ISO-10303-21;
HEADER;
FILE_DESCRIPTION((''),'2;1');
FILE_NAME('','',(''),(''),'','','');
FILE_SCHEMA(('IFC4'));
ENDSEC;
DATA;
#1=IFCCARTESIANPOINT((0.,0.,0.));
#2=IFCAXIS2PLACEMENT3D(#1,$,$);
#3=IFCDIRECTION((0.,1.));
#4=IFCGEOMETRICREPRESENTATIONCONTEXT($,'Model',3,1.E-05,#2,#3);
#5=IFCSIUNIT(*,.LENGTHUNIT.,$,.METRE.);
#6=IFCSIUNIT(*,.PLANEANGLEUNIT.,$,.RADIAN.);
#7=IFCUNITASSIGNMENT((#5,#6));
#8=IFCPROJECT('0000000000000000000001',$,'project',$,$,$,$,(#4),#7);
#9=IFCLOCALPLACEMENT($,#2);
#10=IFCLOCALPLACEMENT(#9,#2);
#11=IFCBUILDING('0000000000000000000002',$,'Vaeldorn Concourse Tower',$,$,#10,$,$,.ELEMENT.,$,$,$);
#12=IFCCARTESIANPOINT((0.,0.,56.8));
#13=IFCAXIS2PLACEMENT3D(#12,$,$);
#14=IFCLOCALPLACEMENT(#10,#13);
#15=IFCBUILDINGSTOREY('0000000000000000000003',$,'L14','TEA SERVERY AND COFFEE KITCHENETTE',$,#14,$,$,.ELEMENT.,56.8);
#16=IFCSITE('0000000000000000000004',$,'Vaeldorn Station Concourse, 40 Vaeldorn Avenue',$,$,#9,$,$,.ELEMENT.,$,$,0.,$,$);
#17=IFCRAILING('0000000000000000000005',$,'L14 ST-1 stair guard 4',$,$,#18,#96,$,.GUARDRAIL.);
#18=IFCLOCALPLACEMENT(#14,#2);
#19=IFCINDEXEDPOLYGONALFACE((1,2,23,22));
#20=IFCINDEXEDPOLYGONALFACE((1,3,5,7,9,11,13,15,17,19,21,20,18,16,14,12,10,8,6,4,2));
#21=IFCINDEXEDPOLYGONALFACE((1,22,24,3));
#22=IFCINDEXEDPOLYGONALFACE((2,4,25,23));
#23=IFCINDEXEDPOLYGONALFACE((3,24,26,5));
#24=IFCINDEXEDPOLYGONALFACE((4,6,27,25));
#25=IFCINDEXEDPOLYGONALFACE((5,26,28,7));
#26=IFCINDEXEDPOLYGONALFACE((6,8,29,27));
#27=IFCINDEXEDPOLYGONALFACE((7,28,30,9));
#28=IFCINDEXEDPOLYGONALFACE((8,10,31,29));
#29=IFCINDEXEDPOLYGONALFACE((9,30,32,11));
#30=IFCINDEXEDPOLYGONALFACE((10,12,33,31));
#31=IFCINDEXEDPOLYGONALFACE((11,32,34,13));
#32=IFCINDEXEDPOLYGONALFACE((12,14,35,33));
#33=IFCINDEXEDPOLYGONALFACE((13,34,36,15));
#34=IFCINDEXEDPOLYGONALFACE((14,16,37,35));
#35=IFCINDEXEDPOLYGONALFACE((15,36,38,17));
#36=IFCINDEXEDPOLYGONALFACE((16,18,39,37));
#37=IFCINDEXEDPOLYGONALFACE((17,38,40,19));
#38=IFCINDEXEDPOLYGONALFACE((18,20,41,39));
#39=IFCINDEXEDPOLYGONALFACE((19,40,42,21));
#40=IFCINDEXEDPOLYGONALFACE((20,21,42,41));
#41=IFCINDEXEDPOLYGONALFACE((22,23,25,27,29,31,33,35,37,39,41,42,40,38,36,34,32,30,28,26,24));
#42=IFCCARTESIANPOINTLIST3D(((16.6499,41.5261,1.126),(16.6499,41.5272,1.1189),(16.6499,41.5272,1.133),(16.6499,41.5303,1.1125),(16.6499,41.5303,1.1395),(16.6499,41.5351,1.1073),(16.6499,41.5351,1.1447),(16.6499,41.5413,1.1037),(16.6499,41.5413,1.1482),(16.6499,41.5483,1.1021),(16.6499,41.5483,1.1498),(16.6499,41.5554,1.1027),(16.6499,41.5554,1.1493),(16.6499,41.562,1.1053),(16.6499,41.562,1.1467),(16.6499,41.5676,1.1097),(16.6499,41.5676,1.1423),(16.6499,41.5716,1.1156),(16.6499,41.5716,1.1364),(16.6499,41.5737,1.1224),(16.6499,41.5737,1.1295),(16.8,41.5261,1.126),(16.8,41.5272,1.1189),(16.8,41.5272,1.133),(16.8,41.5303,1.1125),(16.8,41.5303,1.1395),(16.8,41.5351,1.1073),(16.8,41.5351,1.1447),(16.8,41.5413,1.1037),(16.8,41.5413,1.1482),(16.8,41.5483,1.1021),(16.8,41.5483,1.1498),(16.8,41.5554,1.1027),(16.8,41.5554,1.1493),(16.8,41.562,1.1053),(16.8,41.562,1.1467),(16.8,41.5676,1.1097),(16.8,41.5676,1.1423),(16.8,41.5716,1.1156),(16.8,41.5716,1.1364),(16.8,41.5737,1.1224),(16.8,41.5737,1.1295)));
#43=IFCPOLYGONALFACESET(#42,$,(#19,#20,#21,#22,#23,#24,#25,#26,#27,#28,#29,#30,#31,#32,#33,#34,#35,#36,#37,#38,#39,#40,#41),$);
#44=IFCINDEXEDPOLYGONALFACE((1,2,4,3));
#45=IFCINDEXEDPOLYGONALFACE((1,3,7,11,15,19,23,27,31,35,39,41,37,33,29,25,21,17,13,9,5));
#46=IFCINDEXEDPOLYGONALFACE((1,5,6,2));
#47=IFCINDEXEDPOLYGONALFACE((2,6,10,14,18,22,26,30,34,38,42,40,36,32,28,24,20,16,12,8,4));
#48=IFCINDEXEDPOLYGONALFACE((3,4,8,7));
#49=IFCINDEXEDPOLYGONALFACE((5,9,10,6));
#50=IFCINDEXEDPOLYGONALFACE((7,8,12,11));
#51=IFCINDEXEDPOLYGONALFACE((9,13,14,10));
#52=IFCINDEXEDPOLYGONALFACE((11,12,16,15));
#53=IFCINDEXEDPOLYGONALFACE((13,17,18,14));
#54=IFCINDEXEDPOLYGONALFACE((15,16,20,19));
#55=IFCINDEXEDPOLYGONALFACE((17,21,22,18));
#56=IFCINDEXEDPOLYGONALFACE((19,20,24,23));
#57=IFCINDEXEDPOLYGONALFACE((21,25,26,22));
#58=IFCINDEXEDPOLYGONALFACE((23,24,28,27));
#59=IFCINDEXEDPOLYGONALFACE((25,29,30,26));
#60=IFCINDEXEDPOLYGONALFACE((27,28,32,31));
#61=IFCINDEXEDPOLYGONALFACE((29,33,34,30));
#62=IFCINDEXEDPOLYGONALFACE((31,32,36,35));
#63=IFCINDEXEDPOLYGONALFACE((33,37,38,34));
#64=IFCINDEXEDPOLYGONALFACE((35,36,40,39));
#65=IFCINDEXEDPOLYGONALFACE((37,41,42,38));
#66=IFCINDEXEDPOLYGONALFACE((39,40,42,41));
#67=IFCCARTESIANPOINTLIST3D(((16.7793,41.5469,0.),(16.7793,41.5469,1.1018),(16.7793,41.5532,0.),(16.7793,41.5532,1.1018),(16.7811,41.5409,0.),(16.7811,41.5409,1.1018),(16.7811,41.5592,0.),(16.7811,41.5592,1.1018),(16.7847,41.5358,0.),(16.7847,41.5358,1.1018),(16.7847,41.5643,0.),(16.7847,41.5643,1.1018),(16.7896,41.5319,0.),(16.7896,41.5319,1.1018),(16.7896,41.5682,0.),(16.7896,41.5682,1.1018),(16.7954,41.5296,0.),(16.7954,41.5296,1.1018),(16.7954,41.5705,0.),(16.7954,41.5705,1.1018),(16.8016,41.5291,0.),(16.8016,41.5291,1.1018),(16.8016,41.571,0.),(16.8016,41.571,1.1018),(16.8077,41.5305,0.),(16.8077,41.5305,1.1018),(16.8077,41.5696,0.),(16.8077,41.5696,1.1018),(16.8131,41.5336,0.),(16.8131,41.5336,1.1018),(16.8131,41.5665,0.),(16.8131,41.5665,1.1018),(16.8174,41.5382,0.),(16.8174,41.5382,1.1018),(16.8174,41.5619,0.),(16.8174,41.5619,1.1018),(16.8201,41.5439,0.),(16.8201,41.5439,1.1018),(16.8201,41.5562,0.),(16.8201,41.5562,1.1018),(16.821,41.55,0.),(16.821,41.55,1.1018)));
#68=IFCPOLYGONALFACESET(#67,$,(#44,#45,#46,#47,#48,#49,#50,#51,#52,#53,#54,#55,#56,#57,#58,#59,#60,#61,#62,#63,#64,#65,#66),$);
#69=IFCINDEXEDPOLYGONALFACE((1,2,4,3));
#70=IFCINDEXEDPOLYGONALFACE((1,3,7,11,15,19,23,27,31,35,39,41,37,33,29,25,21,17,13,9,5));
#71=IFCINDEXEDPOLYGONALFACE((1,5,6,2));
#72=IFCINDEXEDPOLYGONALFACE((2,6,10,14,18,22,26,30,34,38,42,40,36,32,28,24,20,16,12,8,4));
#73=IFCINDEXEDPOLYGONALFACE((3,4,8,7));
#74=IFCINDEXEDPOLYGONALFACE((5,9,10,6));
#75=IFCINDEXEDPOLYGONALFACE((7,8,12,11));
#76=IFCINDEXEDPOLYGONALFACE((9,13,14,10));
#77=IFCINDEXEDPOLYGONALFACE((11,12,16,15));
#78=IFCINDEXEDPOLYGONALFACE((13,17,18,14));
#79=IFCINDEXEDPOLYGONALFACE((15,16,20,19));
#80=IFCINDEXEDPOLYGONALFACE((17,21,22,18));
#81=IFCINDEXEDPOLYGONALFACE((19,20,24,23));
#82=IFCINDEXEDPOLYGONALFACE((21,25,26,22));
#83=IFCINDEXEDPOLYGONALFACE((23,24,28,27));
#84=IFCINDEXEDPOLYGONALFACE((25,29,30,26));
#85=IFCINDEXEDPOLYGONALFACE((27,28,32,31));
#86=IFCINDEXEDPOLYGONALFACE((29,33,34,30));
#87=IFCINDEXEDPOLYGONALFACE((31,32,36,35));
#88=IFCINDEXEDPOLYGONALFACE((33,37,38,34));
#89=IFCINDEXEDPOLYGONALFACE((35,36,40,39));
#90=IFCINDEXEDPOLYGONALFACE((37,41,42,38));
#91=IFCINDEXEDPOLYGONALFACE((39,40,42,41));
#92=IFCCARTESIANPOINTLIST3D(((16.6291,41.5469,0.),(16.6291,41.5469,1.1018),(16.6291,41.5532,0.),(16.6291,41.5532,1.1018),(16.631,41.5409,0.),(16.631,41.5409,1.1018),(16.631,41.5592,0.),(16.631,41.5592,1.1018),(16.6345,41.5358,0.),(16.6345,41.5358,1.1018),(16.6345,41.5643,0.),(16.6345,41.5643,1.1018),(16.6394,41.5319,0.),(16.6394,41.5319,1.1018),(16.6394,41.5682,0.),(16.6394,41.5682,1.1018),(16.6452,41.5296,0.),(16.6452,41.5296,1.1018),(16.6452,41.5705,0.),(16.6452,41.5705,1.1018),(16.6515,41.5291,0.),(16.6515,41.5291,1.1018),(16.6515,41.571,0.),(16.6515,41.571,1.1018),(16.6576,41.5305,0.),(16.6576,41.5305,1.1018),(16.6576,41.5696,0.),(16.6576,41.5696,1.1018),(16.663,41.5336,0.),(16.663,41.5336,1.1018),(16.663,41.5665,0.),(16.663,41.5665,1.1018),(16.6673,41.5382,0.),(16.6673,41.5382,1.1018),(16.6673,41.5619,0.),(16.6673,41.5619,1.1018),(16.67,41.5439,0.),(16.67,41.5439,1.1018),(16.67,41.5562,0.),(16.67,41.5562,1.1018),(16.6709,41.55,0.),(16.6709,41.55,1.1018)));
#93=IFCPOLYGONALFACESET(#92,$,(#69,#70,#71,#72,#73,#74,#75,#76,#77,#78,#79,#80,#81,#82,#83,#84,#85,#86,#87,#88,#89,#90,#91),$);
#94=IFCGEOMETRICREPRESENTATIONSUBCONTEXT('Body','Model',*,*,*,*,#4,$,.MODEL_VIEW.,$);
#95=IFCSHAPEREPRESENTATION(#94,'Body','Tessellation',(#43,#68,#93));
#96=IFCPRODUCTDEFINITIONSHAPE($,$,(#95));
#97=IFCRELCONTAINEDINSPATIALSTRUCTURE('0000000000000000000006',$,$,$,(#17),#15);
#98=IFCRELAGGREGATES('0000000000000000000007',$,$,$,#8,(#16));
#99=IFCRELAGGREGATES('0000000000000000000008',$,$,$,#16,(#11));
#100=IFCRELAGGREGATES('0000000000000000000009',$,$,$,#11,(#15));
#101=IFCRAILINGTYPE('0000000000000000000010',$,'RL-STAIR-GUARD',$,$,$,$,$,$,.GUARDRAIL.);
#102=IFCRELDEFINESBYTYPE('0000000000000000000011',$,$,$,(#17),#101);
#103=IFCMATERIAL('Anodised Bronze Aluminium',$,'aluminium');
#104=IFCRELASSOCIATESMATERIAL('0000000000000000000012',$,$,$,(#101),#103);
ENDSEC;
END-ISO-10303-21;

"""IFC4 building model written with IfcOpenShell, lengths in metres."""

from ifc_helpers import new_model, si_unit, direction, frame, origin, origin_2d, place, context, subcontext, project, spatial, circle, extrude, material, type_object, element, save


model = new_model("IFC4")

# Units and contexts
model_context = context("Model", 3, precision=1e-05, world=origin(), true_north=direction((0.0, 1.0)))
body_context = subcontext(model_context, "Body", "Model", "MODEL_VIEW")
ifc_project = project(units=[si_unit("LENGTHUNIT", "METRE"), si_unit("PLANEANGLEUNIT", "RADIAN")], contexts=[model_context])

# Site, building, storey
site_placement = place(None, origin())
site = spatial("IfcSite", under=ifc_project, at=site_placement, Name="Vaeldorn Station Concourse, 40 Vaeldorn Avenue", CompositionType="ELEMENT", RefElevation=0.0)
building_placement = place(site_placement, origin())
building = spatial("IfcBuilding", under=site, at=building_placement, Name="Vaeldorn Concourse Tower", CompositionType="ELEMENT")
storey_placement = place(building_placement, frame((0.0, 0.0, 56.8)))
storey = spatial("IfcBuildingStorey", under=building, at=storey_placement, Name="L14", Description="TEA SERVERY AND COFFEE KITCHENETTE", CompositionType="ELEMENT", Elevation=56.8)

# Shared definitions
ifc_material_1 = material(Name="Anodised Bronze Aluminium", Category="aluminium")

# Railing
railing_type_1 = type_object("IfcRailingType", Name="RL-STAIR-GUARD", PredefinedType="GUARDRAIL", material=ifc_material_1)
railing_1_placement = place(storey_placement, frame((16.8, 41.55, 0.0)))
element("IfcRailing", 1, at=railing_1_placement, inside=storey, type_object=railing_type_1, Name="L14 ST-1 stair guard 4", PredefinedType="GUARDRAIL", context=body_context, shape_type="SweptSolid", body=[
    extrude(circle(Radius=0.0239, at=origin_2d()), frame((0.0, 0.0, 1.126), z_axis=(-1.0, 0.0, 0.0), x_axis=(0.0, -1.0, 0.0)), (0.0, 0.0, 1.0), 0.1501),
    extrude(circle(Radius=0.021, at=origin_2d()), origin(), (0.0, 0.0, 1.0), 1.1018),
    extrude(circle(Radius=0.021, at=origin_2d()), frame((-0.1501, 0.0, 0.0)), (0.0, 0.0, 1.0), 1.1018),
])

save(model, "model.ifc")
